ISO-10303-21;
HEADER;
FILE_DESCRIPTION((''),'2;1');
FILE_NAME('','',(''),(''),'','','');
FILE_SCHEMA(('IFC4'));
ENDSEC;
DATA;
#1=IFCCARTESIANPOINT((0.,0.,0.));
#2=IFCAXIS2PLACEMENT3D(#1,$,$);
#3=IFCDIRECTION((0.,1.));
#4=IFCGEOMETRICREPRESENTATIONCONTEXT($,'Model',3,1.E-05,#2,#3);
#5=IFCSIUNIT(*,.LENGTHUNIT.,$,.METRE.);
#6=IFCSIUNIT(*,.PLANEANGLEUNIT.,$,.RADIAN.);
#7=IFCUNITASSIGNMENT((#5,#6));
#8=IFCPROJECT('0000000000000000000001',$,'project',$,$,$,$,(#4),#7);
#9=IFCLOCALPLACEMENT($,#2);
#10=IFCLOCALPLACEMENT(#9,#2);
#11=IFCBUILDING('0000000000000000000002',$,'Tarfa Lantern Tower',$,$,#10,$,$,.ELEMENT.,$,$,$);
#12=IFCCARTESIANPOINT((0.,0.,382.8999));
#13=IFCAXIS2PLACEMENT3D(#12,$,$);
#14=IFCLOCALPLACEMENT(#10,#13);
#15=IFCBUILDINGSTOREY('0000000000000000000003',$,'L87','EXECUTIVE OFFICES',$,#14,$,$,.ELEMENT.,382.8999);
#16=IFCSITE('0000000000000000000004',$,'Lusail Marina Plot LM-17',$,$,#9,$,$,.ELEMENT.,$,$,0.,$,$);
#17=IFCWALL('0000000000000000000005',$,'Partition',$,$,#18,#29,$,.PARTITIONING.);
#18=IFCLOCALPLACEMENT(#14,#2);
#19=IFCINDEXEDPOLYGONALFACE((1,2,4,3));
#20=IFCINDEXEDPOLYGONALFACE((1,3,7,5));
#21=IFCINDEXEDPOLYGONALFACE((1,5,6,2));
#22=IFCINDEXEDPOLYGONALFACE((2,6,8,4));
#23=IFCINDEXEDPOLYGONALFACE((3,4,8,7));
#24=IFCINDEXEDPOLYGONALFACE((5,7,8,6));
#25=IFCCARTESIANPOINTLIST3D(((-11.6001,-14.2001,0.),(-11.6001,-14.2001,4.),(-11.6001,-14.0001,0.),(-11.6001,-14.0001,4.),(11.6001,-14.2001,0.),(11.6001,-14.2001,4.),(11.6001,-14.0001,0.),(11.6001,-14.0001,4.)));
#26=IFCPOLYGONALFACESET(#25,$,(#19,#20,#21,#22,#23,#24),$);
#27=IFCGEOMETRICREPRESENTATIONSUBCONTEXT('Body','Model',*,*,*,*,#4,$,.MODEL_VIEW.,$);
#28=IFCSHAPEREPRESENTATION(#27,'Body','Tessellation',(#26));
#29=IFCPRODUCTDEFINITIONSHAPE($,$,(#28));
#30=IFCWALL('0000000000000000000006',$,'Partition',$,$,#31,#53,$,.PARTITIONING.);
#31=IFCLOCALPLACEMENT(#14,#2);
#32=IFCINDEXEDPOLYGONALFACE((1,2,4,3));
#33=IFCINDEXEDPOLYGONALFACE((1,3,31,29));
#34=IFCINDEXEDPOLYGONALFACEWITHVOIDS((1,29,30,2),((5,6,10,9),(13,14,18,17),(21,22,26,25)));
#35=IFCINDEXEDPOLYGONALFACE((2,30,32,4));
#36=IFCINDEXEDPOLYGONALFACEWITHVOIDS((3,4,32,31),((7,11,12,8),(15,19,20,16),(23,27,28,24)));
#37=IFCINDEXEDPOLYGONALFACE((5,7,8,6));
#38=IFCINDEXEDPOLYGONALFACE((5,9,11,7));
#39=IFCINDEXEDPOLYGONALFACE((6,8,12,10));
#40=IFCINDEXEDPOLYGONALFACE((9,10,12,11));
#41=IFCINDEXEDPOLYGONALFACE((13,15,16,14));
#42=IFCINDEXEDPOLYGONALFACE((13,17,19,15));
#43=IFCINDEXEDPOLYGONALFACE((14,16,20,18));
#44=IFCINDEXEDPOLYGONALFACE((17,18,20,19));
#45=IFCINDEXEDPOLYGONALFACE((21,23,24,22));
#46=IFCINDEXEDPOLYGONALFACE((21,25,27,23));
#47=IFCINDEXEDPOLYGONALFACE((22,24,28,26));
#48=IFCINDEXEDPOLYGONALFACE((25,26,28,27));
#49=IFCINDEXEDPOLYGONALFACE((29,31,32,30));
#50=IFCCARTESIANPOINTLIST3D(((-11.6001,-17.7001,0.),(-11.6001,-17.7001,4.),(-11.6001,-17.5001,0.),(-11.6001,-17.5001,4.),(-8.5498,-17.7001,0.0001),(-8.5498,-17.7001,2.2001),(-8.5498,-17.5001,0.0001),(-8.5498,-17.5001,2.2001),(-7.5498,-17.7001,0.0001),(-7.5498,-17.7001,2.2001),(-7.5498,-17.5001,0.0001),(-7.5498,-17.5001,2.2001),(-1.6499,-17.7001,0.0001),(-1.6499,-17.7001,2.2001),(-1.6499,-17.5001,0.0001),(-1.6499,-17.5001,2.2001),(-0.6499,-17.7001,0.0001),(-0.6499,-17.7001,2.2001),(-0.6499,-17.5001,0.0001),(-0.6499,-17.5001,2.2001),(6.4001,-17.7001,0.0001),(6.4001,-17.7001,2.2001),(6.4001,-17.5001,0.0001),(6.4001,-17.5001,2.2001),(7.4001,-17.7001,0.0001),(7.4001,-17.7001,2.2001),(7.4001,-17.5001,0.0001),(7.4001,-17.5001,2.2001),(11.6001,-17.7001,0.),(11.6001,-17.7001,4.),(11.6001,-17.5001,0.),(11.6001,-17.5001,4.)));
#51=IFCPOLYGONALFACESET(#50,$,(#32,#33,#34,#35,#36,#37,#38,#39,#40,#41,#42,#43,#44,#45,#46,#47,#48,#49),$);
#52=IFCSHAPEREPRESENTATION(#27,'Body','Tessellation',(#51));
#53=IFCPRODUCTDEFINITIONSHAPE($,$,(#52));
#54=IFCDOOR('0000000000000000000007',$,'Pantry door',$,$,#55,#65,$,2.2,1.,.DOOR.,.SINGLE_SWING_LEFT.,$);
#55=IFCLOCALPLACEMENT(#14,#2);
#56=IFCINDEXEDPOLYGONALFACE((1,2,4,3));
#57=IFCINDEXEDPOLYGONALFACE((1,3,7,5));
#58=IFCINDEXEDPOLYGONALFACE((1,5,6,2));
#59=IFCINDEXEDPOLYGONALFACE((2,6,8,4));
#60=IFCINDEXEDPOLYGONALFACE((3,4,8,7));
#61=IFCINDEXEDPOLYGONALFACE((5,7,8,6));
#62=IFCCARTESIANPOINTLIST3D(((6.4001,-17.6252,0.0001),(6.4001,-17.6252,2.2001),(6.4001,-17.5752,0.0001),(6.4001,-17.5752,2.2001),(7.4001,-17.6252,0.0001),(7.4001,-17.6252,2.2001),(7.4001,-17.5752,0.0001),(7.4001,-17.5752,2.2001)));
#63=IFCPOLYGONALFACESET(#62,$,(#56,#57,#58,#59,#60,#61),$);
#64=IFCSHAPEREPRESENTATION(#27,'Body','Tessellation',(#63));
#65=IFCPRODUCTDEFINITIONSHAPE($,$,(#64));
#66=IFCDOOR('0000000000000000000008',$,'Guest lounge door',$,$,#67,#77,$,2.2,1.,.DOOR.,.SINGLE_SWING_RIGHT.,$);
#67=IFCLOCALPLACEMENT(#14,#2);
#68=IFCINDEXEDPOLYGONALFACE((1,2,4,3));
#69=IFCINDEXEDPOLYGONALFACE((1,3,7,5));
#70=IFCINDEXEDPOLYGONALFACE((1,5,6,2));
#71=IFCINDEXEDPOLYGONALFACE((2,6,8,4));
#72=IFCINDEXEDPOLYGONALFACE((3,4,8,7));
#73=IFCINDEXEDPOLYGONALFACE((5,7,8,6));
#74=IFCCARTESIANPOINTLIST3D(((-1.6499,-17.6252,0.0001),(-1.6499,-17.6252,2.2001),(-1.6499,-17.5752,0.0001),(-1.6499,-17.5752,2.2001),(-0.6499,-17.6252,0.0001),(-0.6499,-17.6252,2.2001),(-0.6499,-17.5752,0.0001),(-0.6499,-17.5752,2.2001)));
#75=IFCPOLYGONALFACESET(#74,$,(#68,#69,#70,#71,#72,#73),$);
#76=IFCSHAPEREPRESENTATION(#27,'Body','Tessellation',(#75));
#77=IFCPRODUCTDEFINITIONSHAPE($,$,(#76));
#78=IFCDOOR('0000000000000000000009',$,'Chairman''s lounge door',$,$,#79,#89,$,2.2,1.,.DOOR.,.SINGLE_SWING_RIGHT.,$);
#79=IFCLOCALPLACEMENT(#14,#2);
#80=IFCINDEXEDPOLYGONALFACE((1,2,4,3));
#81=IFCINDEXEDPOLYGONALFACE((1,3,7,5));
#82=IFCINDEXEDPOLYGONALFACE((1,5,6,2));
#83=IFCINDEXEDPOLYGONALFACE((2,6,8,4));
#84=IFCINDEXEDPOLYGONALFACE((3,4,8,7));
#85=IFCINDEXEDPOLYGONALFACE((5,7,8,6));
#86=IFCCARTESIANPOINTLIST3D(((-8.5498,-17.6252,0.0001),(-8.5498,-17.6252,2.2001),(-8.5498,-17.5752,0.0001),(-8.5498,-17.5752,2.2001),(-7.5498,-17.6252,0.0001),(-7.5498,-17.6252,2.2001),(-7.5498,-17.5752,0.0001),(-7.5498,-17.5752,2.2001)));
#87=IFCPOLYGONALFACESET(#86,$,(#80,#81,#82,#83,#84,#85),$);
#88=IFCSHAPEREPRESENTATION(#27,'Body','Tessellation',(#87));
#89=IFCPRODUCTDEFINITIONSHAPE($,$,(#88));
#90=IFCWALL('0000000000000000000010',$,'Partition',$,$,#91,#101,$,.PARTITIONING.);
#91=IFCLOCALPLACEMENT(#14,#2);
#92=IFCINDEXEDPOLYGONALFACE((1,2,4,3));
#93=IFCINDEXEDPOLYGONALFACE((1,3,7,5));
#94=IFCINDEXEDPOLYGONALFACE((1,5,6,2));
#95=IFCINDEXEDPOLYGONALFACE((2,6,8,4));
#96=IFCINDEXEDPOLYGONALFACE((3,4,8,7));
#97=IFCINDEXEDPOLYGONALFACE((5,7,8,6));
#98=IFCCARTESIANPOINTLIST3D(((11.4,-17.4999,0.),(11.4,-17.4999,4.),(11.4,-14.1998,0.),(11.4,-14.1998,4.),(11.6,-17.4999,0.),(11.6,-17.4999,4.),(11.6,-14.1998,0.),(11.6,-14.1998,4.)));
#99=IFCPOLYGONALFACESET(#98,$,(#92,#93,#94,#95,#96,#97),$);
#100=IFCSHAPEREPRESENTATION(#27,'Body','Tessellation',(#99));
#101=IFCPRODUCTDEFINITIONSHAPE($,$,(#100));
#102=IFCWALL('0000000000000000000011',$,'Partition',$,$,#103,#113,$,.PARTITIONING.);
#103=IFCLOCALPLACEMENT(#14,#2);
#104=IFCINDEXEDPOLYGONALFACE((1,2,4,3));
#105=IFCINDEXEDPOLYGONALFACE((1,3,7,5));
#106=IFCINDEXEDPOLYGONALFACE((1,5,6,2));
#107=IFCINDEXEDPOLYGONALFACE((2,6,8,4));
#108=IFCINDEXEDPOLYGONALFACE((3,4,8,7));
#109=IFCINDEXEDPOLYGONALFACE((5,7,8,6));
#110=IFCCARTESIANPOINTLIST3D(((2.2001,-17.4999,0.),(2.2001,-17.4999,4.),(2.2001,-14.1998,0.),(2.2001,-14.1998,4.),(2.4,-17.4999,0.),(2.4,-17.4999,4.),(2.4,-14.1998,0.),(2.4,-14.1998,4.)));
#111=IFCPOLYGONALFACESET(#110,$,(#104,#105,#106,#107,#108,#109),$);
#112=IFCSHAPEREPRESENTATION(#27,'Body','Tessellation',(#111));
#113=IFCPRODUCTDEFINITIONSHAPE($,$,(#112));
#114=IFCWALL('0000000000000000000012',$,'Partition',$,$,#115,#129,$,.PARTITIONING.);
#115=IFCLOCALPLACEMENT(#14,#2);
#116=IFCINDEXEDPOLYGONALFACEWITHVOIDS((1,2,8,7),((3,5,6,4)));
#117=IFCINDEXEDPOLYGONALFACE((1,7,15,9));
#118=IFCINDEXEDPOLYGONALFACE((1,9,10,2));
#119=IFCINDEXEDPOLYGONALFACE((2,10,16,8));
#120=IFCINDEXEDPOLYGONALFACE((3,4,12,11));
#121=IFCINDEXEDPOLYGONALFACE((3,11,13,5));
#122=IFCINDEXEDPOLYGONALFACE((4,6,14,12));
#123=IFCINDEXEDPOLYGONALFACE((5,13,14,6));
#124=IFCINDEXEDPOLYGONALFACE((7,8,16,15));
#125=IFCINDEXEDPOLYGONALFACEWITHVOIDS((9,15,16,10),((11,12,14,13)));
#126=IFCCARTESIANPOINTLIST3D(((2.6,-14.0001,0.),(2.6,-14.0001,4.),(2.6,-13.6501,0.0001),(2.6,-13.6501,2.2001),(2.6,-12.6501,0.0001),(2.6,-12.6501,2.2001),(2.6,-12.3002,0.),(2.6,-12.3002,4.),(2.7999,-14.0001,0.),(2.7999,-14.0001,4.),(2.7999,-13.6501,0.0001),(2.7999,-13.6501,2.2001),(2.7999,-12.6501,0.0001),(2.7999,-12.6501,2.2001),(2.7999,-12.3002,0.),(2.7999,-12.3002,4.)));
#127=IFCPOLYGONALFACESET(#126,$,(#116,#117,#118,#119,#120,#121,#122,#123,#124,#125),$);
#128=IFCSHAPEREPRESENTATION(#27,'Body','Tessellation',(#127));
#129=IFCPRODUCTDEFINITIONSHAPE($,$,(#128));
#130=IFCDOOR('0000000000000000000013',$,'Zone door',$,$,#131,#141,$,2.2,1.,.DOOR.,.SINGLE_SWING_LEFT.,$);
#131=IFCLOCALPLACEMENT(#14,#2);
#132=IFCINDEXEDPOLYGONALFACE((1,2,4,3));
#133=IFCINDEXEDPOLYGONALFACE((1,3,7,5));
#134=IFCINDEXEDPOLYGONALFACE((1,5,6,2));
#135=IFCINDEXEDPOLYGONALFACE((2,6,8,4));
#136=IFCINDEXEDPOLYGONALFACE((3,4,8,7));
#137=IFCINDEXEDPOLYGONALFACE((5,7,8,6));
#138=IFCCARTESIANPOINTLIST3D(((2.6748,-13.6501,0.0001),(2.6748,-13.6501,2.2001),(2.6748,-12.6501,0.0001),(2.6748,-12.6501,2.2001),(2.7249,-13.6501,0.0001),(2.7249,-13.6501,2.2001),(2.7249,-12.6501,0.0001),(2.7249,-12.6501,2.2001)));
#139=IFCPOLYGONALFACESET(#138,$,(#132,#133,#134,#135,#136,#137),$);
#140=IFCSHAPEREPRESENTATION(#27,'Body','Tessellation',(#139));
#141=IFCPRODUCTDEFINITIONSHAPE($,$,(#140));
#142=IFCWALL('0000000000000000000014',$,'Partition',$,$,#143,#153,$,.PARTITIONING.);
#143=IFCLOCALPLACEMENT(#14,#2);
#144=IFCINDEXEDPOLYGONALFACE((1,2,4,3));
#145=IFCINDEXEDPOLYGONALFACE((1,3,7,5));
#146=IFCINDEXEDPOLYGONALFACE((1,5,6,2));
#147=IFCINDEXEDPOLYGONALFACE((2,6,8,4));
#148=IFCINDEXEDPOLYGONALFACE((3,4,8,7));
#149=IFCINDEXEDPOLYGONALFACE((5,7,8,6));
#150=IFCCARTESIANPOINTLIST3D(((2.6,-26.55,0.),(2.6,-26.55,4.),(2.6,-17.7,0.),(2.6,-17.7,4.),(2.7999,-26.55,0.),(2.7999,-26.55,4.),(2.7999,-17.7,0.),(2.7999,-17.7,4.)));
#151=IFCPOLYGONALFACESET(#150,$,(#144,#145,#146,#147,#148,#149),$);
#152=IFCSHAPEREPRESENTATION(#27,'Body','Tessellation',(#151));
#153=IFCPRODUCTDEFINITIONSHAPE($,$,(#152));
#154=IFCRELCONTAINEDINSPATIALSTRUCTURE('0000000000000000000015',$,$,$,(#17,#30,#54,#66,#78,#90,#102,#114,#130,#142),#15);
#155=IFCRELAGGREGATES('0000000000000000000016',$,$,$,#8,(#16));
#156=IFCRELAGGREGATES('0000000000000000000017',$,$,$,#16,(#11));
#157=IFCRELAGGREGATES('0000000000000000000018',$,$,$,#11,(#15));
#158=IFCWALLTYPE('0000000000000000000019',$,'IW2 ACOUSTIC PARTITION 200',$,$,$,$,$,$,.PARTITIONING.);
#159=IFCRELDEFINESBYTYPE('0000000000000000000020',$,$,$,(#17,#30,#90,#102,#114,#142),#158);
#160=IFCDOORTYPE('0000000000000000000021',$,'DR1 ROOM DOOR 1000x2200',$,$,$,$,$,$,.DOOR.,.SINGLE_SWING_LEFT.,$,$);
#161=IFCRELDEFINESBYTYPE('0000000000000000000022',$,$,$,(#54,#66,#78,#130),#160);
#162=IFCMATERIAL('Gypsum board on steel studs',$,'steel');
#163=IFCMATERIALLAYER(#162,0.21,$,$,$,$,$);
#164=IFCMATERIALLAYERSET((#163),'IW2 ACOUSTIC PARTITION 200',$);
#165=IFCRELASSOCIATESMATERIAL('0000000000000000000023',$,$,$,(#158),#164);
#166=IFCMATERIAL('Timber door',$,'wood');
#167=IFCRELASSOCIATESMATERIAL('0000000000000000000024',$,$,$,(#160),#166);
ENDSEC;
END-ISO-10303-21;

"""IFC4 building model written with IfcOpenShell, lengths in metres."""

from ifc_helpers import new_model, si_unit, direction, frame, frame_2d, origin, place, context, subcontext, project, spatial, rectangle, extrude, material, layer, layer_set, type_object, element, fill, save


model = new_model("IFC4")

# Units and contexts
model_context = context("Model", 3, precision=1e-05, world=origin(), true_north=direction((0.0, 1.0)))
body_context = subcontext(model_context, "Body", "Model", "MODEL_VIEW")
ifc_project = project(units=[si_unit("LENGTHUNIT", "METRE"), si_unit("PLANEANGLEUNIT", "RADIAN")], contexts=[model_context])

# Site, building, storey
site_placement = place(None, origin())
site = spatial("IfcSite", under=ifc_project, at=site_placement, Name="Lusail Marina Plot LM-17", CompositionType="ELEMENT", RefElevation=0.0)
building_placement = place(site_placement, origin())
building = spatial("IfcBuilding", under=site, at=building_placement, Name="Tarfa Lantern Tower", CompositionType="ELEMENT")
storey_placement = place(building_placement, frame((0.0, 0.0, 382.8999)))
storey = spatial("IfcBuildingStorey", under=building, at=storey_placement, Name="L87", Description="EXECUTIVE OFFICES", CompositionType="ELEMENT", Elevation=382.8999)

# Wall
ifc_material_1 = material(Name="Gypsum board on steel studs", Category="steel")
ifc_layer_1 = layer(ifc_material_1, 0.21)
ifc_layer_set_1 = layer_set([ifc_layer_1], Name="IW2 ACOUSTIC PARTITION 200")
wall_type_1 = type_object("IfcWallType", Name="IW2 ACOUSTIC PARTITION 200", PredefinedType="PARTITIONING", material=ifc_layer_set_1)
wall_1_placement = place(storey_placement, frame((11.6001, -14.1001, 0.0), z_axis=(0.0, 0.0, 1.0), x_axis=(-1.0, 0.0, 0.0)))
element("IfcWall", 1, at=wall_1_placement, inside=storey, type_object=wall_type_1, Name="Partition", PredefinedType="PARTITIONING", context=body_context, shape_type="SweptSolid", body=[
    extrude(rectangle(XDim=23.2002, YDim=0.2, at=frame_2d((11.6001, 0.0))), origin(), (0.0, 0.0, 1.0), 4.0),
])

# Wall, openings, doors
wall_2_placement = place(storey_placement, frame((11.6001, -17.6001, 0.0), z_axis=(0.0, 0.0, 1.0), x_axis=(-1.0, 0.0, 0.0)))
wall_2 = element("IfcWall", 2, at=wall_2_placement, inside=storey, type_object=wall_type_1, Name="Partition", PredefinedType="PARTITIONING", context=body_context, shape_type="SweptSolid", body=[
    extrude(rectangle(XDim=23.2002, YDim=0.2, at=frame_2d((11.6001, 0.0))), origin(), (0.0, 0.0, 1.0), 4.0),
])
opening_1_placement = place(wall_2_placement, frame((4.2, 0.0, 0.0)))
opening_1 = element("IfcOpeningElement", 3, at=opening_1_placement, cuts=wall_2, PredefinedType="OPENING", context=body_context, shape_type="SweptSolid", body=[
    extrude(rectangle(XDim=1.0, YDim=2.2, at=frame_2d((0.5, 1.1001))), frame((0.0, 0.1099, 0.0), z_axis=(0.0, -1.0, 0.0), x_axis=(1.0, 0.0, 0.0)), (0.0, 0.0, 1.0), 0.22),
])
opening_2_placement = place(wall_2_placement, frame((12.25, 0.0, 0.0)))
opening_2 = element("IfcOpeningElement", 4, at=opening_2_placement, cuts=wall_2, PredefinedType="OPENING", context=body_context, shape_type="SweptSolid", body=[
    extrude(rectangle(XDim=1.0, YDim=2.2, at=frame_2d((0.5, 1.1001))), frame((0.0, 0.1099, 0.0), z_axis=(0.0, -1.0, 0.0), x_axis=(1.0, 0.0, 0.0)), (0.0, 0.0, 1.0), 0.22),
])
opening_3_placement = place(wall_2_placement, frame((19.1499, 0.0, 0.0)))
opening_3 = element("IfcOpeningElement", 5, at=opening_3_placement, cuts=wall_2, PredefinedType="OPENING", context=body_context, shape_type="SweptSolid", body=[
    extrude(rectangle(XDim=1.0, YDim=2.2, at=frame_2d((0.5, 1.1001))), frame((0.0, 0.1099, 0.0), z_axis=(0.0, -1.0, 0.0), x_axis=(1.0, 0.0, 0.0)), (0.0, 0.0, 1.0), 0.22),
])
ifc_material_2 = material(Name="Timber door", Category="wood")
door_type_1 = type_object("IfcDoorType", Name="DR1 ROOM DOOR 1000x2200", OperationType="SINGLE_SWING_LEFT", PredefinedType="DOOR", material=ifc_material_2)
door_1_placement = place(opening_1_placement, frame((1.0, 0.0, 0.0), z_axis=(0.0, 0.0, 1.0), x_axis=(-1.0, 0.0, 0.0)))
door_1 = element("IfcDoor", 6, at=door_1_placement, inside=storey, type_object=door_type_1, Name="Pantry door", OperationType="SINGLE_SWING_LEFT", OverallHeight=2.2, OverallWidth=1.0, PredefinedType="DOOR", context=body_context, shape_type="SweptSolid", body=[
    extrude(rectangle(XDim=1.0, YDim=2.2, at=frame_2d((0.5, 1.1001))), frame((0.0, 0.0249, 0.0), z_axis=(0.0, -1.0, 0.0), x_axis=(1.0, 0.0, 0.0)), (0.0, 0.0, 1.0), 0.05),
])
fill(opening_1, door_1)
door_2_placement = place(opening_2_placement, frame((1.0, 0.0, 0.0), z_axis=(0.0, 0.0, 1.0), x_axis=(-1.0, 0.0, 0.0)))
door_2 = element("IfcDoor", 7, at=door_2_placement, inside=storey, type_object=door_type_1, Name="Guest lounge door", OperationType="SINGLE_SWING_RIGHT", OverallHeight=2.2, OverallWidth=1.0, PredefinedType="DOOR", context=body_context, shape_type="SweptSolid", body=[
    extrude(rectangle(XDim=1.0, YDim=2.2, at=frame_2d((0.5, 1.1001))), frame((0.0, 0.0249, 0.0), z_axis=(0.0, -1.0, 0.0), x_axis=(1.0, 0.0, 0.0)), (0.0, 0.0, 1.0), 0.05),
])
fill(opening_2, door_2)
door_3_placement = place(opening_3_placement, frame((1.0, 0.0, 0.0), z_axis=(0.0, 0.0, 1.0), x_axis=(-1.0, 0.0, 0.0)))
door_3 = element("IfcDoor", 8, at=door_3_placement, inside=storey, type_object=door_type_1, Name="Chairman's lounge door", OperationType="SINGLE_SWING_RIGHT", OverallHeight=2.2, OverallWidth=1.0, PredefinedType="DOOR", context=body_context, shape_type="SweptSolid", body=[
    extrude(rectangle(XDim=1.0, YDim=2.2, at=frame_2d((0.5, 1.1001))), frame((0.0, 0.0249, 0.0), z_axis=(0.0, -1.0, 0.0), x_axis=(1.0, 0.0, 0.0)), (0.0, 0.0, 1.0), 0.05),
])
fill(opening_3, door_3)

# Walls
for number, where, z_axis, x_axis, name in (
    (9, (11.5, -14.2, 0.0), (0.0, 0.0, 1.0), (0.0, -1.0, 0.0), "Partition"),
    (10, (2.3, -14.2, 0.0), (0.0, 0.0, 1.0), (0.0, -1.0, 0.0), "Partition"),
):
    element("IfcWall", number, at=place(storey_placement, frame(where, z_axis=z_axis, x_axis=x_axis)), inside=storey, type_object=wall_type_1, Name=name, PredefinedType="PARTITIONING", context=body_context, shape_type="SweptSolid", body=[
        extrude(rectangle(XDim=3.3, YDim=0.2, at=frame_2d((1.6499, 0.0))), origin(), (0.0, 0.0, 1.0), 4.0),
    ])

# Wall, opening, door
wall_3_placement = place(storey_placement, frame((2.7, -12.3, 0.0), z_axis=(0.0, 0.0, 1.0), x_axis=(0.0, -1.0, 0.0)))
wall_3 = element("IfcWall", 11, at=wall_3_placement, inside=storey, type_object=wall_type_1, Name="Partition", PredefinedType="PARTITIONING", context=body_context, shape_type="SweptSolid", body=[
    extrude(rectangle(XDim=1.7, YDim=0.2, at=frame_2d((0.8501, 0.0))), origin(), (0.0, 0.0, 1.0), 4.0),
])
opening_4_placement = place(wall_3_placement, frame((0.3501, 0.0, 0.0)))
opening_4 = element("IfcOpeningElement", 12, at=opening_4_placement, cuts=wall_3, PredefinedType="OPENING", context=body_context, shape_type="SweptSolid", body=[
    extrude(rectangle(XDim=1.0, YDim=2.2, at=frame_2d((0.5, 1.1001))), frame((0.0, 0.1099, 0.0), z_axis=(0.0, -1.0, 0.0), x_axis=(1.0, 0.0, 0.0)), (0.0, 0.0, 1.0), 0.22),
])
door_4_placement = place(opening_4_placement, origin())
door_4 = element("IfcDoor", 13, at=door_4_placement, inside=storey, type_object=door_type_1, Name="Zone door", OperationType="SINGLE_SWING_LEFT", OverallHeight=2.2, OverallWidth=1.0, PredefinedType="DOOR", context=body_context, shape_type="SweptSolid", body=[
    extrude(rectangle(XDim=1.0, YDim=2.2, at=frame_2d((0.5, 1.1001))), frame((0.0, 0.0249, 0.0), z_axis=(0.0, -1.0, 0.0), x_axis=(1.0, 0.0, 0.0)), (0.0, 0.0, 1.0), 0.05),
])
fill(opening_4, door_4)

# Wall
wall_4_placement = place(storey_placement, frame((2.7, -17.7, 0.0), z_axis=(0.0, 0.0, 1.0), x_axis=(0.0, -1.0, 0.0)))
element("IfcWall", 14, at=wall_4_placement, inside=storey, type_object=wall_type_1, Name="Partition", PredefinedType="PARTITIONING", context=body_context, shape_type="SweptSolid", body=[
    extrude(rectangle(XDim=8.8501, YDim=0.2, at=frame_2d((4.425, 0.0))), origin(), (0.0, 0.0, 1.0), 4.0),
])

save(model, "model.ifc")
